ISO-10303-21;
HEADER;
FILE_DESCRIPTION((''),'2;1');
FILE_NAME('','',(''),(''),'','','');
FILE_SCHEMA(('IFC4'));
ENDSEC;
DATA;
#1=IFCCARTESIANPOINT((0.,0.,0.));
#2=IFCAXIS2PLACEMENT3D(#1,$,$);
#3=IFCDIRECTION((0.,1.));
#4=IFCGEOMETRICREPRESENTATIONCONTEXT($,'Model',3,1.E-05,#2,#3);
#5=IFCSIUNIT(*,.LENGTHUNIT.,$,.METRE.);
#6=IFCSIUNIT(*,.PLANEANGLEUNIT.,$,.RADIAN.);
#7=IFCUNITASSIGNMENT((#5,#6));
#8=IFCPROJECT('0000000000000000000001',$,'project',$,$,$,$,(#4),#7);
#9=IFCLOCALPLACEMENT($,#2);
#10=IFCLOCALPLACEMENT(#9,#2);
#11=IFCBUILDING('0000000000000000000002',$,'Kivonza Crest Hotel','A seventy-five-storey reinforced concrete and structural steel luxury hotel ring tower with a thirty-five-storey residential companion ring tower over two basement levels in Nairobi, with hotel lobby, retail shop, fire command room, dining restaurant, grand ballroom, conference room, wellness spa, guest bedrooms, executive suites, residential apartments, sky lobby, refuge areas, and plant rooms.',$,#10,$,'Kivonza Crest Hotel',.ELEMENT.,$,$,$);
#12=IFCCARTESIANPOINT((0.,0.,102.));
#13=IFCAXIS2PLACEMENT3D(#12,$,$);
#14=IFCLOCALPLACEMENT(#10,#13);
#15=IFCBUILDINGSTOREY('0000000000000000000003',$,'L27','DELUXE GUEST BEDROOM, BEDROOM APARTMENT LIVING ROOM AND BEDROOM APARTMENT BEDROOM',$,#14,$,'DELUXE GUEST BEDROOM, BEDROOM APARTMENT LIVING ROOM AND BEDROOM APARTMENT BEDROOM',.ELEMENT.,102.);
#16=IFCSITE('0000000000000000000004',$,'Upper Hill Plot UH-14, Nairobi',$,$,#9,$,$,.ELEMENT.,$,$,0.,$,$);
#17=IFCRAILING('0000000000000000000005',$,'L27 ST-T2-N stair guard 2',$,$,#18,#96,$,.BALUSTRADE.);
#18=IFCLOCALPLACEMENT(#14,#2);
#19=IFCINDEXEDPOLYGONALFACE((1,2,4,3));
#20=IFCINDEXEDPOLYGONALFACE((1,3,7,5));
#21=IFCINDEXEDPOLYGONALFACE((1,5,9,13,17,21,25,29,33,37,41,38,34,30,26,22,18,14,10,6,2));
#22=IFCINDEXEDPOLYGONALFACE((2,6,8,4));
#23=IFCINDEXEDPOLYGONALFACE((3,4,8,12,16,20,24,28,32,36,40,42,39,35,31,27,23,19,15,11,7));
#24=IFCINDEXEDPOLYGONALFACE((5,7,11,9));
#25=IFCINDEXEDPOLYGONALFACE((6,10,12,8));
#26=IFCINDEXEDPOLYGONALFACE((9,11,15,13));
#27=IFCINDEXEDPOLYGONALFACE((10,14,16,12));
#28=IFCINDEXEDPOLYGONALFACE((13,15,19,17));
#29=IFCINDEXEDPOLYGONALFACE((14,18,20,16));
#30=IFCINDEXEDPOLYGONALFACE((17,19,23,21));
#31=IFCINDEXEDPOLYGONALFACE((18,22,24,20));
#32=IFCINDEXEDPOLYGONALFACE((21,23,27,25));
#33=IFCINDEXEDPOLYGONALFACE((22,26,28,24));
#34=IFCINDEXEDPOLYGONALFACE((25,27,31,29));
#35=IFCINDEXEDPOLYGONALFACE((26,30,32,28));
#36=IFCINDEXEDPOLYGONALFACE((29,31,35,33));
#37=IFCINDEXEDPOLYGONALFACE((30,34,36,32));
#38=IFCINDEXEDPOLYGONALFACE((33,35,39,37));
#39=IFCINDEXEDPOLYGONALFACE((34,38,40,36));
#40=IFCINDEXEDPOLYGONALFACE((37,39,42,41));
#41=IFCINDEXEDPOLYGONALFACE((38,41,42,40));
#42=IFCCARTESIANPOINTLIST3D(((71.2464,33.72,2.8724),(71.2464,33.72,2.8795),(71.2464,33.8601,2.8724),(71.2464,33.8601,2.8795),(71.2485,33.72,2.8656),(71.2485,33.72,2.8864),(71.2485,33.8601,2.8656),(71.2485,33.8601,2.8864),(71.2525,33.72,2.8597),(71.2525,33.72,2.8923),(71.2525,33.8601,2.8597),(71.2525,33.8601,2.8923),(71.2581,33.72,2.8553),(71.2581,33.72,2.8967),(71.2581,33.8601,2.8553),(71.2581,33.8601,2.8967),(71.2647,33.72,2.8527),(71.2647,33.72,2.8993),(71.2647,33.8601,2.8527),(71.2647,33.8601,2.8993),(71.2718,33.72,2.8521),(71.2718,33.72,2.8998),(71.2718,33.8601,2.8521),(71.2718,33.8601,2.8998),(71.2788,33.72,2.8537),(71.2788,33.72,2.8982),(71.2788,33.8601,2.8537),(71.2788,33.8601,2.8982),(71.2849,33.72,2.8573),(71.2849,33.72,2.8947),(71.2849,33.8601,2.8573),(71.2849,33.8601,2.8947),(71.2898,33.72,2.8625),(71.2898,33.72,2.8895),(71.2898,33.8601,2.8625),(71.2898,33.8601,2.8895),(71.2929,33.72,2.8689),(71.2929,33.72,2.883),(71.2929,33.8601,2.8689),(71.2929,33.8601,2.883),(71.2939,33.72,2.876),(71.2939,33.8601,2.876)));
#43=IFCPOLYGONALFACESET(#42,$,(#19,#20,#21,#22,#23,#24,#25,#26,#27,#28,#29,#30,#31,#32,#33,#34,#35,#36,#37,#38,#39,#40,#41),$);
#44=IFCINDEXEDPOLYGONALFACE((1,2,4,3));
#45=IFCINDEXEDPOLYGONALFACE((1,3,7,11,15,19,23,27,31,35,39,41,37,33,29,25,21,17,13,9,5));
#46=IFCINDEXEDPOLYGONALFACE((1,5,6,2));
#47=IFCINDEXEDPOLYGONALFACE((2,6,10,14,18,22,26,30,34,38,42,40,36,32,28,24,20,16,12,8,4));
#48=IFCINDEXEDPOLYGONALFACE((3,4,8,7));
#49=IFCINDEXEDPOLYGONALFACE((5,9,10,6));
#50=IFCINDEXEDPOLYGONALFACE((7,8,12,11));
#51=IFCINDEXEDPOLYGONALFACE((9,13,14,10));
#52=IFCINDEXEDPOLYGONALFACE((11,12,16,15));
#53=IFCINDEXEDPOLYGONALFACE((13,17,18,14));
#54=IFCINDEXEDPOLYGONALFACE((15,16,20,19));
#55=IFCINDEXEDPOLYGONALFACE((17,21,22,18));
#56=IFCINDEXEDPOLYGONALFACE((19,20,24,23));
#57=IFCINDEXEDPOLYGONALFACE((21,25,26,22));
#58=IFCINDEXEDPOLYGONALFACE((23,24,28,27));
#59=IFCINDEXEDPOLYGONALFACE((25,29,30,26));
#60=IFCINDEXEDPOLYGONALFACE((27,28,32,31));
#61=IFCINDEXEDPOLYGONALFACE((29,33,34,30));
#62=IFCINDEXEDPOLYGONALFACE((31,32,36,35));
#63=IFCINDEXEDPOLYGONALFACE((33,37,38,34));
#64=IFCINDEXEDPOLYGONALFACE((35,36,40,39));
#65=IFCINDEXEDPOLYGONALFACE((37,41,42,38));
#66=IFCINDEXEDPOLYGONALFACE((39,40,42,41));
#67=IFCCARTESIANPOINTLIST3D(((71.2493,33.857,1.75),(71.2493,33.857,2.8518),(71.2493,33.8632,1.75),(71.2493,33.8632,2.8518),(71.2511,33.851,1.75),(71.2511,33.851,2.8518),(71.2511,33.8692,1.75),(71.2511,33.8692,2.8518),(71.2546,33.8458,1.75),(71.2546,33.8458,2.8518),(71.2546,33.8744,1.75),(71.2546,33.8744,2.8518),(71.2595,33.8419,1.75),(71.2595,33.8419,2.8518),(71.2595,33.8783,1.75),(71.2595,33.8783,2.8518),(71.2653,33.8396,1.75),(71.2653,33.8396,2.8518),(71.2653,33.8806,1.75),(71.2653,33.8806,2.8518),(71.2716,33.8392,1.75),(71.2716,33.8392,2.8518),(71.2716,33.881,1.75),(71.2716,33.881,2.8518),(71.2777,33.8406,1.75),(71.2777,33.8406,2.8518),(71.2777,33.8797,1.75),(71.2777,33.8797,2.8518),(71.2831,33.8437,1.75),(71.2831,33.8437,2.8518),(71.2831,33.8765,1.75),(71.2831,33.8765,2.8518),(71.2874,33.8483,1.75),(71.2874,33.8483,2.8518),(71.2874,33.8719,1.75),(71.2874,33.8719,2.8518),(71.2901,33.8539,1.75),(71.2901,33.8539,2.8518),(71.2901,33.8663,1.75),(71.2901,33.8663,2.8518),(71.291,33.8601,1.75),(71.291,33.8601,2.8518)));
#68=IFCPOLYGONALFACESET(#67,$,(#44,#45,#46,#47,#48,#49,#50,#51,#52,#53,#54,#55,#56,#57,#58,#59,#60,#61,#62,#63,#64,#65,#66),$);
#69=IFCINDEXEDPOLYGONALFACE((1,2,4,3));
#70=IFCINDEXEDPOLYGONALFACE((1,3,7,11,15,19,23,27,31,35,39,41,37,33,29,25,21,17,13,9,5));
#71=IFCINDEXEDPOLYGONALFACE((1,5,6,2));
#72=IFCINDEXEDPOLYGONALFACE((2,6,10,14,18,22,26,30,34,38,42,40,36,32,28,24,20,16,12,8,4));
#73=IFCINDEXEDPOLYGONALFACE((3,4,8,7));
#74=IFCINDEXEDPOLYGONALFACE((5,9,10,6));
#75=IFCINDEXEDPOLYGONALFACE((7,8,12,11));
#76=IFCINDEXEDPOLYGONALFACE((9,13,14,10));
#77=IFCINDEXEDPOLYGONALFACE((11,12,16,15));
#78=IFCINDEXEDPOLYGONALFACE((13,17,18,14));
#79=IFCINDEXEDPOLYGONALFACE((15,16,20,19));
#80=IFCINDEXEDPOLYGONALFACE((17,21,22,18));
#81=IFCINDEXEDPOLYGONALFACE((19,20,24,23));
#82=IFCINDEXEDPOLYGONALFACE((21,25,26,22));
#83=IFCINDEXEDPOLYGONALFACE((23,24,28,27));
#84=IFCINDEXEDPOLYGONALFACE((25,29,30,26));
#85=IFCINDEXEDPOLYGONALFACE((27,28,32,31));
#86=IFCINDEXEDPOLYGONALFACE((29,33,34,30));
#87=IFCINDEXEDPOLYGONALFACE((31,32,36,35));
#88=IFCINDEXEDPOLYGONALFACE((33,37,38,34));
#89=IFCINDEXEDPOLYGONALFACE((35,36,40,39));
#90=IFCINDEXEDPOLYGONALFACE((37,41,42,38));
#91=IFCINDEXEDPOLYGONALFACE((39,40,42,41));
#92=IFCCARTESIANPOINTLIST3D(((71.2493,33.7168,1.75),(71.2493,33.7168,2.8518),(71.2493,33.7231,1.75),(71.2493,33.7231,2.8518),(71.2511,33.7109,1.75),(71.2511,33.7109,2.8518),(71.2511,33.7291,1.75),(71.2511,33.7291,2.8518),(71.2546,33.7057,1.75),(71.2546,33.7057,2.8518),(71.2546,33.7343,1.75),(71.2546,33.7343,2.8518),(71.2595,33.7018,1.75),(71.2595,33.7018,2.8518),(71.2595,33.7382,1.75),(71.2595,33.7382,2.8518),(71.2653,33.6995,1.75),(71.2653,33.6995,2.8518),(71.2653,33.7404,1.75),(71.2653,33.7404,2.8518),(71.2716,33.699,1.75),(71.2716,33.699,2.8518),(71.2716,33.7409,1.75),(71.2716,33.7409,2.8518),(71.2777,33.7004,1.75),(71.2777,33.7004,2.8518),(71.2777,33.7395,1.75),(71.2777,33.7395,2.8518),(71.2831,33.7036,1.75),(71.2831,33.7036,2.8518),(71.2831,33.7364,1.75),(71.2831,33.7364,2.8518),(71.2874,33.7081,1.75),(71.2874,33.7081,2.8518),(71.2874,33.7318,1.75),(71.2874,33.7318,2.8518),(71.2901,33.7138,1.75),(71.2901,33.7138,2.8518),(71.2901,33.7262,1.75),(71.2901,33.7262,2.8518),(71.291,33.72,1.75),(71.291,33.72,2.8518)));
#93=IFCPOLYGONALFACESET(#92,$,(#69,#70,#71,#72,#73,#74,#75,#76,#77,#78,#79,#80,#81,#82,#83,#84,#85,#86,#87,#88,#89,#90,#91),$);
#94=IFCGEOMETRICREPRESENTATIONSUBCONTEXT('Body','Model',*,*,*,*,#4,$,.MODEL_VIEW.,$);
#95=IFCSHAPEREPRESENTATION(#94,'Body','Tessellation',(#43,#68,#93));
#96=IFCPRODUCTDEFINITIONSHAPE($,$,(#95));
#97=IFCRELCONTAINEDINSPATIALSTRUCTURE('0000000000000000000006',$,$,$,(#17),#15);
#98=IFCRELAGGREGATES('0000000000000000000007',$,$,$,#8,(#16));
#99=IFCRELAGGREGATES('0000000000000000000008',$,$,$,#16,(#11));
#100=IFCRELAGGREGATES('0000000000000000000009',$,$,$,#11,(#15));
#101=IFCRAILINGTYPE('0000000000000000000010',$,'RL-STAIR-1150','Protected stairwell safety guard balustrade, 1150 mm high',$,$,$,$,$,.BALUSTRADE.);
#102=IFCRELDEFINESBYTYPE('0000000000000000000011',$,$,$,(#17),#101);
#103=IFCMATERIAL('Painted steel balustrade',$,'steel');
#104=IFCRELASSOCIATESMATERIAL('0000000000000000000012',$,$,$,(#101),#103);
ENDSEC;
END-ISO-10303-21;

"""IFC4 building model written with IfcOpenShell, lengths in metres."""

from ifc_helpers import new_model, si_unit, direction, frame, origin, origin_2d, place, context, subcontext, project, spatial, circle, extrude, material, type_object, element, save


model = new_model("IFC4")

# Units and contexts
model_context = context("Model", 3, precision=1e-05, world=origin(), true_north=direction((0.0, 1.0)))
body_context = subcontext(model_context, "Body", "Model", "MODEL_VIEW")
ifc_project = project(units=[si_unit("LENGTHUNIT", "METRE"), si_unit("PLANEANGLEUNIT", "RADIAN")], contexts=[model_context])

# Site, building, storey
site_placement = place(None, origin())
site = spatial("IfcSite", under=ifc_project, at=site_placement, Name="Upper Hill Plot UH-14, Nairobi", CompositionType="ELEMENT", RefElevation=0.0)
building_placement = place(site_placement, origin())
building = spatial("IfcBuilding", under=site, at=building_placement, Name="Kivonza Crest Hotel", Description="A seventy-five-storey reinforced concrete and structural steel luxury hotel ring tower with a thirty-five-storey residential companion ring tower over two basement levels in Nairobi, with hotel lobby, retail shop, fire command room, dining restaurant, grand ballroom, conference room, wellness spa, guest bedrooms, executive suites, residential apartments, sky lobby, refuge areas, and plant rooms.", LongName="Kivonza Crest Hotel", CompositionType="ELEMENT")
storey_placement = place(building_placement, frame((0.0, 0.0, 102.0)))
storey = spatial("IfcBuildingStorey", under=building, at=storey_placement, Name="L27", Description="DELUXE GUEST BEDROOM, BEDROOM APARTMENT LIVING ROOM AND BEDROOM APARTMENT BEDROOM", LongName="DELUXE GUEST BEDROOM, BEDROOM APARTMENT LIVING ROOM AND BEDROOM APARTMENT BEDROOM", CompositionType="ELEMENT", Elevation=102.0)

# Railing
ifc_material_1 = material(Name="Painted steel balustrade", Category="steel")
railing_type_1 = type_object("IfcRailingType", Name="RL-STAIR-1150", Description="Protected stairwell safety guard balustrade, 1150 mm high", PredefinedType="BALUSTRADE", material=ifc_material_1)
railing_1_placement = place(storey_placement, frame((71.27, 33.8601, 1.75)))
element("IfcRailing", 1, at=railing_1_placement, inside=storey, type_object=railing_type_1, Name="L27 ST-T2-N stair guard 2", PredefinedType="BALUSTRADE", context=body_context, shape_type="SweptSolid", body=[
    extrude(circle(Radius=0.0239, at=origin_2d()), frame((0.0, 0.0, 1.126), z_axis=(0.0, -1.0, 0.0), x_axis=(1.0, 0.0, 0.0)), (0.0, 0.0, 1.0), 0.1401),
    extrude(circle(Radius=0.021, at=origin_2d()), origin(), (0.0, 0.0, 1.0), 1.1018),
    extrude(circle(Radius=0.021, at=origin_2d()), frame((0.0, -0.1401, 0.0)), (0.0, 0.0, 1.0), 1.1018),
])

save(model, "model.ifc")
